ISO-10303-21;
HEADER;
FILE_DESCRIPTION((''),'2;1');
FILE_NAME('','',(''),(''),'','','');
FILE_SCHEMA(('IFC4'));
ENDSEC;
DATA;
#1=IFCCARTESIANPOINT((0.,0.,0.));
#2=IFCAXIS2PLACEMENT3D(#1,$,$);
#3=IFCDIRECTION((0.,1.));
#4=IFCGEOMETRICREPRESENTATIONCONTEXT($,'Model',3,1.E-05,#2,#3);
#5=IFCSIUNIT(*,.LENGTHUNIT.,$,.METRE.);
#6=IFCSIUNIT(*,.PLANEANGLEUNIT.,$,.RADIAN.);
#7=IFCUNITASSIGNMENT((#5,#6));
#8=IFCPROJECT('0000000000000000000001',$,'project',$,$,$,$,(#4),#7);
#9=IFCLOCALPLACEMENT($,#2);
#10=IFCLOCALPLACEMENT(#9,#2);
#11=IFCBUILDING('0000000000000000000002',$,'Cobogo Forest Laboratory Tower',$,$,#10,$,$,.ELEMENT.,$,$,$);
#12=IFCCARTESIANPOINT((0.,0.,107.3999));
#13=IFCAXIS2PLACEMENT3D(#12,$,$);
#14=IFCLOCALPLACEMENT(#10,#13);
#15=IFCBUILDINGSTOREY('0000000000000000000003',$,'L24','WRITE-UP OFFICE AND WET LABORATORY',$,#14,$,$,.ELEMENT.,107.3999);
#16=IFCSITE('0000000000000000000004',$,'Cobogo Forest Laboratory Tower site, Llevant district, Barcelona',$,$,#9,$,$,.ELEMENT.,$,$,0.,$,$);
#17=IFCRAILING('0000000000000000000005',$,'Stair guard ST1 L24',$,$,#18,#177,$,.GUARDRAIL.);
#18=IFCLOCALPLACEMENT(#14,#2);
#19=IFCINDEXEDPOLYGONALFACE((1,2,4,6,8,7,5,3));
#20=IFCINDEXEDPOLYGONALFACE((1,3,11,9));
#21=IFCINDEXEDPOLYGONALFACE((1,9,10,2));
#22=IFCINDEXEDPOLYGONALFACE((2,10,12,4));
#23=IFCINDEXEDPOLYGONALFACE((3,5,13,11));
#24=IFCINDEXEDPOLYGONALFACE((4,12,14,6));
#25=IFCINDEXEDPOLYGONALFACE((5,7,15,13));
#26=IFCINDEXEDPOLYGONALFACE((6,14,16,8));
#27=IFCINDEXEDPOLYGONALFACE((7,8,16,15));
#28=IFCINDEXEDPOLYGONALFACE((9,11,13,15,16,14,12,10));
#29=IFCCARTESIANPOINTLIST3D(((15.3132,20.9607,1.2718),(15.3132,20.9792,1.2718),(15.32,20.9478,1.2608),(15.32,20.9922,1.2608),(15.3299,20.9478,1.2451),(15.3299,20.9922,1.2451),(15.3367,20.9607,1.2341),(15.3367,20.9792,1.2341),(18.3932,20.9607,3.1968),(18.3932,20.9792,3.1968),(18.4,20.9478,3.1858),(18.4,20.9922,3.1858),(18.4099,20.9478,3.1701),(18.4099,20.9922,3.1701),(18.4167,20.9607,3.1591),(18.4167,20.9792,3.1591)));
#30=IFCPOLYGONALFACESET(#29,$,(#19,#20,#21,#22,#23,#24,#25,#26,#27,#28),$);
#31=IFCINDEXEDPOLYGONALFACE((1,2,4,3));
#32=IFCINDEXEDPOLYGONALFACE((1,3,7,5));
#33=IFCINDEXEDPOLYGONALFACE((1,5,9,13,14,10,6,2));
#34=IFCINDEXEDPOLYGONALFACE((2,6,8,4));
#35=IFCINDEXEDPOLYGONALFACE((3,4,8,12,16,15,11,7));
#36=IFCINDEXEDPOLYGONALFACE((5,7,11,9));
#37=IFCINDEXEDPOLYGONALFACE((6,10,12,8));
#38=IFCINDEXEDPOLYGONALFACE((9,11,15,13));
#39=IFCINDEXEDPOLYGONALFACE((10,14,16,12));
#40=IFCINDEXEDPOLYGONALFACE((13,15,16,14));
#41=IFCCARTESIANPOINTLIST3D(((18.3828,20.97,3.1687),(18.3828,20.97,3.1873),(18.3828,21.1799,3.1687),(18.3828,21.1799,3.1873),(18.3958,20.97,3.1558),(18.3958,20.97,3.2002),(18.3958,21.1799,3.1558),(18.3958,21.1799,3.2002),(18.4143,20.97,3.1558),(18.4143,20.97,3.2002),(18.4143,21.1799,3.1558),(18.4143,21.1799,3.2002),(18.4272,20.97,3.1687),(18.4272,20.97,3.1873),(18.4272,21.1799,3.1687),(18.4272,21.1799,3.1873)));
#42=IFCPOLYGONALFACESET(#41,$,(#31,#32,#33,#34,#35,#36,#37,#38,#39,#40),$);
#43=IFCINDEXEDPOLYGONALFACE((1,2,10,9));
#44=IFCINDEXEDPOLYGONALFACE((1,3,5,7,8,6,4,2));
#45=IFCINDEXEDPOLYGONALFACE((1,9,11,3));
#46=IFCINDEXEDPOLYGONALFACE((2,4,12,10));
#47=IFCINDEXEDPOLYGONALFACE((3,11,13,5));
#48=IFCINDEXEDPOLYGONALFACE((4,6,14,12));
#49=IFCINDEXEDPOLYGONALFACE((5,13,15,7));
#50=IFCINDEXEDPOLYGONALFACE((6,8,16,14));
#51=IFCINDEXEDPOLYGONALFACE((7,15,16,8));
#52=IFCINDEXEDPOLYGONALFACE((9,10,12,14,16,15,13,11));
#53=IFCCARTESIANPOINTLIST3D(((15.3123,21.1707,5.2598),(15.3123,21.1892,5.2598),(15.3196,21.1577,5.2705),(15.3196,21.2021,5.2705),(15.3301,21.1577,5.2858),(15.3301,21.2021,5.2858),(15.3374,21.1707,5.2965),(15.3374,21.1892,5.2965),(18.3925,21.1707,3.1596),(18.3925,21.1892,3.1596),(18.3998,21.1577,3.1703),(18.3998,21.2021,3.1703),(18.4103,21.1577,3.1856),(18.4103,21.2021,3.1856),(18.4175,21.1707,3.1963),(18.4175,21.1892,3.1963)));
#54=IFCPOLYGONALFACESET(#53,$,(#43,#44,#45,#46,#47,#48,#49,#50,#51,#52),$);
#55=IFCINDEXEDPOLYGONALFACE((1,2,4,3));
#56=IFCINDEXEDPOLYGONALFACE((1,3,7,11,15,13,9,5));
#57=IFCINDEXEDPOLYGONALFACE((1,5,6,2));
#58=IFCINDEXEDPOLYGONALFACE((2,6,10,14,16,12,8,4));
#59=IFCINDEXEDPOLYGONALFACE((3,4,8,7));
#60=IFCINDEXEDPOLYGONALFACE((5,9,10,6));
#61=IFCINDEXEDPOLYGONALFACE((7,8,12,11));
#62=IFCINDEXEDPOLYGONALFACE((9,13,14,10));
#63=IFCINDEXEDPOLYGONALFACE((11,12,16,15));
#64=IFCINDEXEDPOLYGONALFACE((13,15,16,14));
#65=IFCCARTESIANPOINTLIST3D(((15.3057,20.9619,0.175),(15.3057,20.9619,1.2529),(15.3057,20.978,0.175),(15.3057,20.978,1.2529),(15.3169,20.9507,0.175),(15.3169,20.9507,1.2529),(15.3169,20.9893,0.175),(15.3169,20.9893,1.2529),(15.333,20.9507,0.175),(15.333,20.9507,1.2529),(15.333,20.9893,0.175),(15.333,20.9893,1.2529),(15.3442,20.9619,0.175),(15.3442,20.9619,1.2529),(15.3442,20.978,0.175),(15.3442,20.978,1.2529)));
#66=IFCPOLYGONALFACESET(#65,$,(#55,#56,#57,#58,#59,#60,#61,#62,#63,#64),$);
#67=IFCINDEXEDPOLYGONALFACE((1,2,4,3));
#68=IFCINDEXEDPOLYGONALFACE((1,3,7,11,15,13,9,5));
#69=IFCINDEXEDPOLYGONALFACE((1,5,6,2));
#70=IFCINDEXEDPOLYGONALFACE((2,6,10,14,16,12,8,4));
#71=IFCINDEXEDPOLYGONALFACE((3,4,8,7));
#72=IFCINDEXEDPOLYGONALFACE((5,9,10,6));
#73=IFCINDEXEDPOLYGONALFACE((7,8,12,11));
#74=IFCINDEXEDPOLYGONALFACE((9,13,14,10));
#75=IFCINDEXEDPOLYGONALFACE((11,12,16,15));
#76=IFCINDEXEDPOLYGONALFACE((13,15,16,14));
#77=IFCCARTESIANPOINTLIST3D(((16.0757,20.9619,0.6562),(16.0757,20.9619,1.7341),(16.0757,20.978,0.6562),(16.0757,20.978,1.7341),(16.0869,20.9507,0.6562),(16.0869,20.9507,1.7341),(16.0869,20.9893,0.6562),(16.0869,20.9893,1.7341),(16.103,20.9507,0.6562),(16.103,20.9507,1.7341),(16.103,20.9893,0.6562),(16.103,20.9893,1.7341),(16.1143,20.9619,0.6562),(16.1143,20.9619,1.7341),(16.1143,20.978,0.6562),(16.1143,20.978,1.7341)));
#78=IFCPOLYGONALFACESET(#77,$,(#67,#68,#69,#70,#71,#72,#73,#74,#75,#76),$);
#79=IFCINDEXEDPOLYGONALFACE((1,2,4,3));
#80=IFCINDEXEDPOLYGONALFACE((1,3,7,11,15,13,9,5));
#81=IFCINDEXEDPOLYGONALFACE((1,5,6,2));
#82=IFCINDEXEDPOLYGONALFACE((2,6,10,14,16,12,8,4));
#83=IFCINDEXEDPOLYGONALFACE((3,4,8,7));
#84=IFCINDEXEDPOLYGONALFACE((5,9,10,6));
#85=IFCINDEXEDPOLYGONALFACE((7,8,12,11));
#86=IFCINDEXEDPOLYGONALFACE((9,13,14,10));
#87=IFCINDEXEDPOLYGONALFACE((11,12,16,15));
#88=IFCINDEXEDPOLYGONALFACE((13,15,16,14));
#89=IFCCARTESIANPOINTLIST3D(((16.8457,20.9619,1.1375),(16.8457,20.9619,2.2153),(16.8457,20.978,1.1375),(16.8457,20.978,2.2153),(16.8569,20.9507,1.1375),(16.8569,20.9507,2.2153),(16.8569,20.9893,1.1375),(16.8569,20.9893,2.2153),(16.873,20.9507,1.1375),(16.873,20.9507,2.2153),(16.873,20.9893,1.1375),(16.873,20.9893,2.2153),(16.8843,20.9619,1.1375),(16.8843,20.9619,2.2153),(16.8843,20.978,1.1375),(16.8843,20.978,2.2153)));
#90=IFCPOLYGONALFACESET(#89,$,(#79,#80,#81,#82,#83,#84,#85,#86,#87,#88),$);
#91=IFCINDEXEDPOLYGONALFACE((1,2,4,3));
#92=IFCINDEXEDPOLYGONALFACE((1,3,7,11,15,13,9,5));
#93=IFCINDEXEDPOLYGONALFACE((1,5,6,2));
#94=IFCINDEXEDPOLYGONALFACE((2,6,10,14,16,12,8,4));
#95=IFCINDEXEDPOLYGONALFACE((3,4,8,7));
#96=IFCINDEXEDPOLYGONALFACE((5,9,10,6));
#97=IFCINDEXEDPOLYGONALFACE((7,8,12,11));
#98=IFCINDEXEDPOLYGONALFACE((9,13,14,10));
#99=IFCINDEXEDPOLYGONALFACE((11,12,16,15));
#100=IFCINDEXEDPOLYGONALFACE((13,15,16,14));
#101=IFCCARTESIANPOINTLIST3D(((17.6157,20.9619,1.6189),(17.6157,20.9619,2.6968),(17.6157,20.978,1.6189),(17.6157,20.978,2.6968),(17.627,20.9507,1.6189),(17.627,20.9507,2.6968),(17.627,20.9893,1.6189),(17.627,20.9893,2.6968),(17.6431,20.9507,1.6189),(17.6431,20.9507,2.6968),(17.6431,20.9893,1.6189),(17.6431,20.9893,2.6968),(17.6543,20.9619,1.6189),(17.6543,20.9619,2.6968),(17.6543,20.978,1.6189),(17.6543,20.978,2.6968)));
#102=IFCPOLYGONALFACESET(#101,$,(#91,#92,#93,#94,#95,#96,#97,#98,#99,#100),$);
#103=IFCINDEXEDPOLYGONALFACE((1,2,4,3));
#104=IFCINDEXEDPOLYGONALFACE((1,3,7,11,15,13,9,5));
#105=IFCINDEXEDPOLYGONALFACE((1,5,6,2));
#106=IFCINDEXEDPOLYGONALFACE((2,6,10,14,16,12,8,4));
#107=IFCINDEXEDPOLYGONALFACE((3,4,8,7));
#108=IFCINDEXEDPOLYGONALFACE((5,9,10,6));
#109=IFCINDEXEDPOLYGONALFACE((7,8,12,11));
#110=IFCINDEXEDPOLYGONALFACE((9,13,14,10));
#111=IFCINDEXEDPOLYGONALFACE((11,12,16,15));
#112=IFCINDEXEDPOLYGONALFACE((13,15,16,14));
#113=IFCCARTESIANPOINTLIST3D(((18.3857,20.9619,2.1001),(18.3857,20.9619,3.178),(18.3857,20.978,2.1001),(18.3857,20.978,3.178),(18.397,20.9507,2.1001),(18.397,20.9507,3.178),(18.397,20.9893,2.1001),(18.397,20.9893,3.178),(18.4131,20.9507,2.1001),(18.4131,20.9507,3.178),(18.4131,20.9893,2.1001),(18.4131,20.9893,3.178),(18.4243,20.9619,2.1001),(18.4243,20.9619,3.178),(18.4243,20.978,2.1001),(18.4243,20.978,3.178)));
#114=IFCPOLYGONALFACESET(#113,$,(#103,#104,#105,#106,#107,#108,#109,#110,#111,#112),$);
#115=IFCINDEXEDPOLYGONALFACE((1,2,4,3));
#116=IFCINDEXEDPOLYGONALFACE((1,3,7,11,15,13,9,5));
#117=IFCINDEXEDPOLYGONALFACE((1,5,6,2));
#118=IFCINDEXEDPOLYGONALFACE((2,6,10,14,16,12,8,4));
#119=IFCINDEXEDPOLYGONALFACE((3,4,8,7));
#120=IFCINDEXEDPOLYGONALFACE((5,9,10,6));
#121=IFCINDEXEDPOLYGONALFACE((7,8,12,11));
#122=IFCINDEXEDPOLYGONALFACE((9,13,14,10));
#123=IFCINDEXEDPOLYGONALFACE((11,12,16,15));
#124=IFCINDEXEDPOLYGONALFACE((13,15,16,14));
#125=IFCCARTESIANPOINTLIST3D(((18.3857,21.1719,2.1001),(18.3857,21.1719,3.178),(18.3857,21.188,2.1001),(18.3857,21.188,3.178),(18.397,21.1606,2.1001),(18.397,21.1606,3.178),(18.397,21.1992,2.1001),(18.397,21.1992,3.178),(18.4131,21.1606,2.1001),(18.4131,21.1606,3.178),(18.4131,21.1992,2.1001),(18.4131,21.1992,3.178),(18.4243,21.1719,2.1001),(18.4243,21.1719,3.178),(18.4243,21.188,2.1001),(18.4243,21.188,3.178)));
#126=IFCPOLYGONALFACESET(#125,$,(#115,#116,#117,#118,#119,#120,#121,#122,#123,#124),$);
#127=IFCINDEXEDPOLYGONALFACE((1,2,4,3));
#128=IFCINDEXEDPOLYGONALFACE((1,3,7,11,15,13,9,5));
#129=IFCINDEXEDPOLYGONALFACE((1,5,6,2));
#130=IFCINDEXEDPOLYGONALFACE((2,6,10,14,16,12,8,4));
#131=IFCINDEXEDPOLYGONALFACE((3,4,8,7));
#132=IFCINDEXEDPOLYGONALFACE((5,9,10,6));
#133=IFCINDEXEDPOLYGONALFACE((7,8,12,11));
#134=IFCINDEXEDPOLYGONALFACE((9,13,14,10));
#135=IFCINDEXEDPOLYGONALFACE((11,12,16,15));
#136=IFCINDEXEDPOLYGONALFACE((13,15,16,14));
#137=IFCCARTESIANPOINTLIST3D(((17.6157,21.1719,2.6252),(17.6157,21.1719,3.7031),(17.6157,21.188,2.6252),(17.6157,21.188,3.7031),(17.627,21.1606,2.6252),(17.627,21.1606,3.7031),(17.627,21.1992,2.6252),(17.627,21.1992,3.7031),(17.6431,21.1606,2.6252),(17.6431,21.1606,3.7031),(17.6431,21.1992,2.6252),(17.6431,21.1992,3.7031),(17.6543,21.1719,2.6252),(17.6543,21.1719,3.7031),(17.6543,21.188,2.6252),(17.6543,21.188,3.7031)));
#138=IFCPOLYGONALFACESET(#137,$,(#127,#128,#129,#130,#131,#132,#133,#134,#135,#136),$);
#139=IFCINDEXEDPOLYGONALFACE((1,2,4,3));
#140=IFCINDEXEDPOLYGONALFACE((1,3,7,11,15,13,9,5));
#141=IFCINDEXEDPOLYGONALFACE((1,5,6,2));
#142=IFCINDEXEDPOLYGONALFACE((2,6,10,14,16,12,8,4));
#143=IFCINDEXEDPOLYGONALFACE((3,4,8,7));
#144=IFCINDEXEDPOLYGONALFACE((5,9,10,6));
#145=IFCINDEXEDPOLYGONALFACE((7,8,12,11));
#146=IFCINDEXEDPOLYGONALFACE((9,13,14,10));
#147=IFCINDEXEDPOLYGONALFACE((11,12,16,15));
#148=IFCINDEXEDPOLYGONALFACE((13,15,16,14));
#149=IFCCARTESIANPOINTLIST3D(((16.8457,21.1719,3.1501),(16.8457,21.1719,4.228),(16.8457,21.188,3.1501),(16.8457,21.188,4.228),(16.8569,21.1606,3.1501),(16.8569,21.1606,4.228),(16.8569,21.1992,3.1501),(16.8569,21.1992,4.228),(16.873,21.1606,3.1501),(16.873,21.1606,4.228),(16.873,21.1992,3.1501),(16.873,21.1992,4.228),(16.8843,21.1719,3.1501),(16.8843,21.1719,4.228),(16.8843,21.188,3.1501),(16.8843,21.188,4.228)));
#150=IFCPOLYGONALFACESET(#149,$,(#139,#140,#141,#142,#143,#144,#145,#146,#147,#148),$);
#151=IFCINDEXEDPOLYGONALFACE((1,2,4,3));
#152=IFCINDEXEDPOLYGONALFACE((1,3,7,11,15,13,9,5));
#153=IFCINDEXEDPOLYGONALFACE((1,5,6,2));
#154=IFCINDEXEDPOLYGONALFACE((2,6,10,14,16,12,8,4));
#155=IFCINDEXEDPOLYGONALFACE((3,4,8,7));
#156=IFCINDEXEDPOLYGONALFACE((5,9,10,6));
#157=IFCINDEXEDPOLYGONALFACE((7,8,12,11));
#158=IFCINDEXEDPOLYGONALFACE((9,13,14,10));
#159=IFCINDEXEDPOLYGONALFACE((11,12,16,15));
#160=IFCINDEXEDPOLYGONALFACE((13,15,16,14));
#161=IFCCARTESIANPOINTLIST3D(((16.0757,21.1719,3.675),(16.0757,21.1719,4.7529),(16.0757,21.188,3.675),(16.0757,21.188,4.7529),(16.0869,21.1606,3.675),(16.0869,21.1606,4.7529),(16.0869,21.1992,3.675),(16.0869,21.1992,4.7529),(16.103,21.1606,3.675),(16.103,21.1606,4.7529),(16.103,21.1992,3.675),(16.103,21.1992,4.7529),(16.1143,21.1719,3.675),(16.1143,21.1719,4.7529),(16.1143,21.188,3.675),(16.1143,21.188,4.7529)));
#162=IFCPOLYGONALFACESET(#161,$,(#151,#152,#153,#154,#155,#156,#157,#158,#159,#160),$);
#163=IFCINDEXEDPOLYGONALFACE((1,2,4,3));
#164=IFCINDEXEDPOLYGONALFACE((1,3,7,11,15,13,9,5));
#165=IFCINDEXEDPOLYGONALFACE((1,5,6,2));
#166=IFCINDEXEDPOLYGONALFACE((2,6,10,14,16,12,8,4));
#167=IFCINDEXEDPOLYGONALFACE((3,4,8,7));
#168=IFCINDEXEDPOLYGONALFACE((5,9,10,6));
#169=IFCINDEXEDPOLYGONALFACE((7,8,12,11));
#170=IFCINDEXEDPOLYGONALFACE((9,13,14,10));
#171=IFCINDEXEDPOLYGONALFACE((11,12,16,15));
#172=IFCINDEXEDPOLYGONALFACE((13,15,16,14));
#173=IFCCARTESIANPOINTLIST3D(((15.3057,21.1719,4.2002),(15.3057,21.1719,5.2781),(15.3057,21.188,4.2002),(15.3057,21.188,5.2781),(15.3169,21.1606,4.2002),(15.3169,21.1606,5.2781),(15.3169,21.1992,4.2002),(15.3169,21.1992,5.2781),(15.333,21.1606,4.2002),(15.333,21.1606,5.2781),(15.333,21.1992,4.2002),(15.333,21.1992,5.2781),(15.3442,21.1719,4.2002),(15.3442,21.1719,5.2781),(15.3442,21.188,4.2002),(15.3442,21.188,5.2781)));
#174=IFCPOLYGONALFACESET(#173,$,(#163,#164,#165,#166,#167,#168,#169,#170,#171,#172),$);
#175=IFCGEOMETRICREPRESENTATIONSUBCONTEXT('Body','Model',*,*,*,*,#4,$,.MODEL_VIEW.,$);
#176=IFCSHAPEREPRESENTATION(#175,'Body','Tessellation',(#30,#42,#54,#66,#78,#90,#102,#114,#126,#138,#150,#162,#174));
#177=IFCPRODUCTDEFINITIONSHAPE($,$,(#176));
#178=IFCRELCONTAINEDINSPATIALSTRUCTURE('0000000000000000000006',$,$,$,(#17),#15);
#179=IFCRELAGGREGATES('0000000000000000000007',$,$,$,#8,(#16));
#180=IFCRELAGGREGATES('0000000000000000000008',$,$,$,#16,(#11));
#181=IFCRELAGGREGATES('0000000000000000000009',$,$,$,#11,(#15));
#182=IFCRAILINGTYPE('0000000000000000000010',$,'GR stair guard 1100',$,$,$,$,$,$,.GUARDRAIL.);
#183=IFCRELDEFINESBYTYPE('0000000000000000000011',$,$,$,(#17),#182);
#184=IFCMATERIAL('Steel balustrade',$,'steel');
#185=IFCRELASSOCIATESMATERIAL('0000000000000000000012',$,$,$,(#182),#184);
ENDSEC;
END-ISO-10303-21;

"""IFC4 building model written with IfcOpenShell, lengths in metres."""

from ifc_helpers import new_model, si_unit, direction, frame, origin, place, context, subcontext, project, spatial, polyline, outline, extrude, material, type_object, element, save


model = new_model("IFC4")

# Units and contexts
model_context = context("Model", 3, precision=1e-05, world=origin(), true_north=direction((0.0, 1.0)))
body_context = subcontext(model_context, "Body", "Model", "MODEL_VIEW")
ifc_project = project(units=[si_unit("LENGTHUNIT", "METRE"), si_unit("PLANEANGLEUNIT", "RADIAN")], contexts=[model_context])

# Site, building, storey
site_placement = place(None, origin())
site = spatial("IfcSite", under=ifc_project, at=site_placement, Name="Cobogo Forest Laboratory Tower site, Llevant district, Barcelona", CompositionType="ELEMENT", RefElevation=0.0)
building_placement = place(site_placement, origin())
building = spatial("IfcBuilding", under=site, at=building_placement, Name="Cobogo Forest Laboratory Tower", CompositionType="ELEMENT")
storey_placement = place(building_placement, frame((0.0, 0.0, 107.3999)))
storey = spatial("IfcBuildingStorey", under=building, at=storey_placement, Name="L24", Description="WRITE-UP OFFICE AND WET LABORATORY", CompositionType="ELEMENT", Elevation=107.3999)

# Railing
ifc_material_1 = material(Name="Steel balustrade", Category="steel")
railing_type_1 = type_object("IfcRailingType", Name="GR stair guard 1100", PredefinedType="GUARDRAIL", material=ifc_material_1)
railing_1_placement = place(storey_placement, frame((15.325, 20.97, 0.175)))
element("IfcRailing", 1, at=railing_1_placement, inside=storey, type_object=railing_type_1, Name="Stair guard ST1 L24", PredefinedType="GUARDRAIL", context=body_context, shape_type="SweptSolid", body=[
    extrude(outline(polyline([(0.0222, 0.0093), (0.0093, 0.0222), (-0.0093, 0.0222), (-0.0222, 0.0093), (-0.0222, -0.0093), (-0.0093, -0.0222), (0.0093, -0.0222), (0.0222, -0.0093), (0.0222, 0.0093)])), frame((0.0, 0.0, 1.0779), z_axis=(0.847998, 0.0, 0.529999), x_axis=(0.0, 1.0, 0.0)), (0.0, 0.0, 1.0), 3.6321),
    extrude(outline(polyline([(0.0222, 0.0093), (0.0093, 0.0222), (-0.0093, 0.0222), (-0.0222, 0.0093), (-0.0222, -0.0093), (-0.0093, -0.0222), (0.0093, -0.0222), (0.0222, -0.0093), (0.0222, 0.0093)])), frame((3.0801, 0.0, 3.0029), z_axis=(0.0, 1.0, 0.0), x_axis=(-1.0, 0.0, 0.0)), (0.0, 0.0, 1.0), 0.21),
    extrude(outline(polyline([(0.0222, 0.0093), (0.0093, 0.0222), (-0.0093, 0.0222), (-0.0222, 0.0093), (-0.0222, -0.0093), (-0.0093, -0.0222), (0.0093, -0.0222), (0.0222, -0.0093), (0.0222, 0.0093)])), frame((3.0801, 0.21, 3.0029), z_axis=(-0.826222, 0.0, 0.563345), x_axis=(0.0, -1.0, 0.0)), (0.0, 0.0, 1.0), 3.728),
    extrude(outline(polyline([(0.0193, 0.0081), (0.0081, 0.0193), (-0.0081, 0.0193), (-0.0193, 0.0081), (-0.0193, -0.0081), (-0.0081, -0.0193), (0.0081, -0.0193), (0.0193, -0.0081), (0.0193, 0.0081)])), origin(), (0.0, 0.0, 1.0), 1.0779),
    extrude(outline(polyline([(0.0193, 0.0081), (0.0081, 0.0193), (-0.0081, 0.0193), (-0.0193, 0.0081), (-0.0193, -0.0081), (-0.0081, -0.0193), (0.0081, -0.0193), (0.0193, -0.0081), (0.0193, 0.0081)])), frame((0.77, 0.0, 0.4812)), (0.0, 0.0, 1.0), 1.0779),
    extrude(outline(polyline([(0.0193, 0.0081), (0.0081, 0.0193), (-0.0081, 0.0193), (-0.0193, 0.0081), (-0.0193, -0.0081), (-0.0081, -0.0193), (0.0081, -0.0193), (0.0193, -0.0081), (0.0193, 0.0081)])), frame((1.54, 0.0, 0.9624)), (0.0, 0.0, 1.0), 1.0779),
    extrude(outline(polyline([(0.0193, 0.0081), (0.0081, 0.0193), (-0.0081, 0.0193), (-0.0193, 0.0081), (-0.0193, -0.0081), (-0.0081, -0.0193), (0.0081, -0.0193), (0.0193, -0.0081), (0.0193, 0.0081)])), frame((2.3101, 0.0, 1.4438)), (0.0, 0.0, 1.0), 1.0779),
    extrude(outline(polyline([(0.0193, 0.0081), (0.0081, 0.0193), (-0.0081, 0.0193), (-0.0193, 0.0081), (-0.0193, -0.0081), (-0.0081, -0.0193), (0.0081, -0.0193), (0.0193, -0.0081), (0.0193, 0.0081)])), frame((3.0801, 0.0, 1.925)), (0.0, 0.0, 1.0), 1.0779),
    extrude(outline(polyline([(0.0193, 0.0081), (0.0081, 0.0193), (-0.0081, 0.0193), (-0.0193, 0.0081), (-0.0193, -0.0081), (-0.0081, -0.0193), (0.0081, -0.0193), (0.0193, -0.0081), (0.0193, 0.0081)])), frame((3.0801, 0.21, 1.925)), (0.0, 0.0, 1.0), 1.0779),
    extrude(outline(polyline([(0.0193, 0.0081), (0.0081, 0.0193), (-0.0081, 0.0193), (-0.0193, 0.0081), (-0.0193, -0.0081), (-0.0081, -0.0193), (0.0081, -0.0193), (0.0193, -0.0081), (0.0193, 0.0081)])), frame((2.3101, 0.21, 2.4502)), (0.0, 0.0, 1.0), 1.0779),
    extrude(outline(polyline([(0.0193, 0.0081), (0.0081, 0.0193), (-0.0081, 0.0193), (-0.0193, 0.0081), (-0.0193, -0.0081), (-0.0081, -0.0193), (0.0081, -0.0193), (0.0193, -0.0081), (0.0193, 0.0081)])), frame((1.54, 0.21, 2.9751)), (0.0, 0.0, 1.0), 1.0779),
    extrude(outline(polyline([(0.0193, 0.0081), (0.0081, 0.0193), (-0.0081, 0.0193), (-0.0193, 0.0081), (-0.0193, -0.0081), (-0.0081, -0.0193), (0.0081, -0.0193), (0.0193, -0.0081), (0.0193, 0.0081)])), frame((0.77, 0.21, 3.5)), (0.0, 0.0, 1.0), 1.0779),
    extrude(outline(polyline([(0.0193, 0.0081), (0.0081, 0.0193), (-0.0081, 0.0193), (-0.0193, 0.0081), (-0.0193, -0.0081), (-0.0081, -0.0193), (0.0081, -0.0193), (0.0193, -0.0081), (0.0193, 0.0081)])), frame((0.0, 0.21, 4.0251)), (0.0, 0.0, 1.0), 1.0779),
])

save(model, "model.ifc")
